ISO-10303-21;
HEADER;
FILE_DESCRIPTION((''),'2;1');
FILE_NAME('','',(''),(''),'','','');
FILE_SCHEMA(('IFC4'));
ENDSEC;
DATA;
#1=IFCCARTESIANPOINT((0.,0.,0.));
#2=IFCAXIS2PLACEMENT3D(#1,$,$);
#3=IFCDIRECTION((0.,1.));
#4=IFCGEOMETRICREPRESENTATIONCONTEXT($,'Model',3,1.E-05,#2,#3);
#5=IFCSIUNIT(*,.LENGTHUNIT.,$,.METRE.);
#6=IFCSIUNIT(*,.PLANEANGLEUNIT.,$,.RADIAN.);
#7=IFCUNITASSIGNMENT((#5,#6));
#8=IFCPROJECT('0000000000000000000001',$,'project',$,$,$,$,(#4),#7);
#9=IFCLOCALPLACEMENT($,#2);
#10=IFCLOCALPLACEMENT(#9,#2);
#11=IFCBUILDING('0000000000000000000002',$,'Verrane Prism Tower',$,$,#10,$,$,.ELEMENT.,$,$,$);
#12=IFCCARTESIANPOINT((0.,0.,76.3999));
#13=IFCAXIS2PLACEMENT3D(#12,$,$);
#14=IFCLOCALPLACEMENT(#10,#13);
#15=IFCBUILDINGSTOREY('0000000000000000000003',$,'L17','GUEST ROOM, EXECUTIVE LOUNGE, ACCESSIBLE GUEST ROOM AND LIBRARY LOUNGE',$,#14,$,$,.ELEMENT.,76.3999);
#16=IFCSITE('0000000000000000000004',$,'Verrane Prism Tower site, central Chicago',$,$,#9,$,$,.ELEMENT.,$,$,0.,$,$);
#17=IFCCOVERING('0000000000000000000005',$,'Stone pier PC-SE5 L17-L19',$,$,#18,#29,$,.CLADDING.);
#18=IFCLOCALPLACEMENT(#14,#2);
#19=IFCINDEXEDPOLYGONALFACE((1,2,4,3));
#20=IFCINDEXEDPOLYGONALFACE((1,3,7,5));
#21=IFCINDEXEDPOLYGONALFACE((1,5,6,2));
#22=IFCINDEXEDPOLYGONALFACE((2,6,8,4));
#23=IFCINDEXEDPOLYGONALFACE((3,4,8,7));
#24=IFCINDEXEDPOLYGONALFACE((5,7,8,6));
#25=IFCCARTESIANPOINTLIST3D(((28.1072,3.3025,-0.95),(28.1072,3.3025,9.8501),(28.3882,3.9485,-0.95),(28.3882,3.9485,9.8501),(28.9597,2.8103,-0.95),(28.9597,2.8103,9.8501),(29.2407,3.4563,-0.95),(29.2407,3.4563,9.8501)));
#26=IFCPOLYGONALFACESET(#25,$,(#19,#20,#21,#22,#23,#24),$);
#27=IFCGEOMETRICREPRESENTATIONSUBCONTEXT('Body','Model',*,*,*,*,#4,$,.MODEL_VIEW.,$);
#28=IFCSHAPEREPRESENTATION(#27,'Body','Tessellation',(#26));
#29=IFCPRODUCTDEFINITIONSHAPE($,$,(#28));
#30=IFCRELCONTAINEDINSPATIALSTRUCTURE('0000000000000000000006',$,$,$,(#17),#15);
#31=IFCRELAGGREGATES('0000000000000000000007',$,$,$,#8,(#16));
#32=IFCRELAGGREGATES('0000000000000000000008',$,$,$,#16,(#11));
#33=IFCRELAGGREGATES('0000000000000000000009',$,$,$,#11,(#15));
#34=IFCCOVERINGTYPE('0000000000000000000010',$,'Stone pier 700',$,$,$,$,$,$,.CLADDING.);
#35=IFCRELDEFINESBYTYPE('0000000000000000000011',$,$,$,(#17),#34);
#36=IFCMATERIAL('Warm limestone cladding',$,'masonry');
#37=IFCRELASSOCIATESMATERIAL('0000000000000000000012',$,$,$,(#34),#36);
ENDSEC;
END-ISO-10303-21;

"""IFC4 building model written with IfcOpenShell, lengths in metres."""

from ifc_helpers import new_model, si_unit, direction, frame, origin, place, context, subcontext, project, spatial, polyline, outline, extrude, material, type_object, element, save


model = new_model("IFC4")

# Units and contexts
model_context = context("Model", 3, precision=1e-05, world=origin(), true_north=direction((0.0, 1.0)))
body_context = subcontext(model_context, "Body", "Model", "MODEL_VIEW")
ifc_project = project(units=[si_unit("LENGTHUNIT", "METRE"), si_unit("PLANEANGLEUNIT", "RADIAN")], contexts=[model_context])

# Site, building, storey
site_placement = place(None, origin())
site = spatial("IfcSite", under=ifc_project, at=site_placement, Name="Verrane Prism Tower site, central Chicago", CompositionType="ELEMENT", RefElevation=0.0)
building_placement = place(site_placement, origin())
building = spatial("IfcBuilding", under=site, at=building_placement, Name="Verrane Prism Tower", CompositionType="ELEMENT")
storey_placement = place(building_placement, frame((0.0, 0.0, 76.3999)))
storey = spatial("IfcBuildingStorey", under=building, at=storey_placement, Name="L17", Description="GUEST ROOM, EXECUTIVE LOUNGE, ACCESSIBLE GUEST ROOM AND LIBRARY LOUNGE", CompositionType="ELEMENT", Elevation=76.3999)

# Covering
ifc_material_1 = material(Name="Warm limestone cladding", Category="masonry")
covering_type_1 = type_object("IfcCoveringType", Name="Stone pier 700", PredefinedType="CLADDING", material=ifc_material_1)
covering_1_placement = place(storey_placement, frame((0.0, 0.0, -0.95)))
element("IfcCovering", 1, at=covering_1_placement, inside=storey, type_object=covering_type_1, Name="Stone pier PC-SE5 L17-L19", PredefinedType="CLADDING", context=body_context, shape_type="SweptSolid", body=[
    extrude(outline(polyline([(29.2407, 3.4563), (28.3882, 3.9485), (28.1072, 3.3025), (28.9597, 2.8103), (29.2407, 3.4563)])), origin(), (0.0, 0.0, 1.0), 10.8),
])

save(model, "model.ifc")
